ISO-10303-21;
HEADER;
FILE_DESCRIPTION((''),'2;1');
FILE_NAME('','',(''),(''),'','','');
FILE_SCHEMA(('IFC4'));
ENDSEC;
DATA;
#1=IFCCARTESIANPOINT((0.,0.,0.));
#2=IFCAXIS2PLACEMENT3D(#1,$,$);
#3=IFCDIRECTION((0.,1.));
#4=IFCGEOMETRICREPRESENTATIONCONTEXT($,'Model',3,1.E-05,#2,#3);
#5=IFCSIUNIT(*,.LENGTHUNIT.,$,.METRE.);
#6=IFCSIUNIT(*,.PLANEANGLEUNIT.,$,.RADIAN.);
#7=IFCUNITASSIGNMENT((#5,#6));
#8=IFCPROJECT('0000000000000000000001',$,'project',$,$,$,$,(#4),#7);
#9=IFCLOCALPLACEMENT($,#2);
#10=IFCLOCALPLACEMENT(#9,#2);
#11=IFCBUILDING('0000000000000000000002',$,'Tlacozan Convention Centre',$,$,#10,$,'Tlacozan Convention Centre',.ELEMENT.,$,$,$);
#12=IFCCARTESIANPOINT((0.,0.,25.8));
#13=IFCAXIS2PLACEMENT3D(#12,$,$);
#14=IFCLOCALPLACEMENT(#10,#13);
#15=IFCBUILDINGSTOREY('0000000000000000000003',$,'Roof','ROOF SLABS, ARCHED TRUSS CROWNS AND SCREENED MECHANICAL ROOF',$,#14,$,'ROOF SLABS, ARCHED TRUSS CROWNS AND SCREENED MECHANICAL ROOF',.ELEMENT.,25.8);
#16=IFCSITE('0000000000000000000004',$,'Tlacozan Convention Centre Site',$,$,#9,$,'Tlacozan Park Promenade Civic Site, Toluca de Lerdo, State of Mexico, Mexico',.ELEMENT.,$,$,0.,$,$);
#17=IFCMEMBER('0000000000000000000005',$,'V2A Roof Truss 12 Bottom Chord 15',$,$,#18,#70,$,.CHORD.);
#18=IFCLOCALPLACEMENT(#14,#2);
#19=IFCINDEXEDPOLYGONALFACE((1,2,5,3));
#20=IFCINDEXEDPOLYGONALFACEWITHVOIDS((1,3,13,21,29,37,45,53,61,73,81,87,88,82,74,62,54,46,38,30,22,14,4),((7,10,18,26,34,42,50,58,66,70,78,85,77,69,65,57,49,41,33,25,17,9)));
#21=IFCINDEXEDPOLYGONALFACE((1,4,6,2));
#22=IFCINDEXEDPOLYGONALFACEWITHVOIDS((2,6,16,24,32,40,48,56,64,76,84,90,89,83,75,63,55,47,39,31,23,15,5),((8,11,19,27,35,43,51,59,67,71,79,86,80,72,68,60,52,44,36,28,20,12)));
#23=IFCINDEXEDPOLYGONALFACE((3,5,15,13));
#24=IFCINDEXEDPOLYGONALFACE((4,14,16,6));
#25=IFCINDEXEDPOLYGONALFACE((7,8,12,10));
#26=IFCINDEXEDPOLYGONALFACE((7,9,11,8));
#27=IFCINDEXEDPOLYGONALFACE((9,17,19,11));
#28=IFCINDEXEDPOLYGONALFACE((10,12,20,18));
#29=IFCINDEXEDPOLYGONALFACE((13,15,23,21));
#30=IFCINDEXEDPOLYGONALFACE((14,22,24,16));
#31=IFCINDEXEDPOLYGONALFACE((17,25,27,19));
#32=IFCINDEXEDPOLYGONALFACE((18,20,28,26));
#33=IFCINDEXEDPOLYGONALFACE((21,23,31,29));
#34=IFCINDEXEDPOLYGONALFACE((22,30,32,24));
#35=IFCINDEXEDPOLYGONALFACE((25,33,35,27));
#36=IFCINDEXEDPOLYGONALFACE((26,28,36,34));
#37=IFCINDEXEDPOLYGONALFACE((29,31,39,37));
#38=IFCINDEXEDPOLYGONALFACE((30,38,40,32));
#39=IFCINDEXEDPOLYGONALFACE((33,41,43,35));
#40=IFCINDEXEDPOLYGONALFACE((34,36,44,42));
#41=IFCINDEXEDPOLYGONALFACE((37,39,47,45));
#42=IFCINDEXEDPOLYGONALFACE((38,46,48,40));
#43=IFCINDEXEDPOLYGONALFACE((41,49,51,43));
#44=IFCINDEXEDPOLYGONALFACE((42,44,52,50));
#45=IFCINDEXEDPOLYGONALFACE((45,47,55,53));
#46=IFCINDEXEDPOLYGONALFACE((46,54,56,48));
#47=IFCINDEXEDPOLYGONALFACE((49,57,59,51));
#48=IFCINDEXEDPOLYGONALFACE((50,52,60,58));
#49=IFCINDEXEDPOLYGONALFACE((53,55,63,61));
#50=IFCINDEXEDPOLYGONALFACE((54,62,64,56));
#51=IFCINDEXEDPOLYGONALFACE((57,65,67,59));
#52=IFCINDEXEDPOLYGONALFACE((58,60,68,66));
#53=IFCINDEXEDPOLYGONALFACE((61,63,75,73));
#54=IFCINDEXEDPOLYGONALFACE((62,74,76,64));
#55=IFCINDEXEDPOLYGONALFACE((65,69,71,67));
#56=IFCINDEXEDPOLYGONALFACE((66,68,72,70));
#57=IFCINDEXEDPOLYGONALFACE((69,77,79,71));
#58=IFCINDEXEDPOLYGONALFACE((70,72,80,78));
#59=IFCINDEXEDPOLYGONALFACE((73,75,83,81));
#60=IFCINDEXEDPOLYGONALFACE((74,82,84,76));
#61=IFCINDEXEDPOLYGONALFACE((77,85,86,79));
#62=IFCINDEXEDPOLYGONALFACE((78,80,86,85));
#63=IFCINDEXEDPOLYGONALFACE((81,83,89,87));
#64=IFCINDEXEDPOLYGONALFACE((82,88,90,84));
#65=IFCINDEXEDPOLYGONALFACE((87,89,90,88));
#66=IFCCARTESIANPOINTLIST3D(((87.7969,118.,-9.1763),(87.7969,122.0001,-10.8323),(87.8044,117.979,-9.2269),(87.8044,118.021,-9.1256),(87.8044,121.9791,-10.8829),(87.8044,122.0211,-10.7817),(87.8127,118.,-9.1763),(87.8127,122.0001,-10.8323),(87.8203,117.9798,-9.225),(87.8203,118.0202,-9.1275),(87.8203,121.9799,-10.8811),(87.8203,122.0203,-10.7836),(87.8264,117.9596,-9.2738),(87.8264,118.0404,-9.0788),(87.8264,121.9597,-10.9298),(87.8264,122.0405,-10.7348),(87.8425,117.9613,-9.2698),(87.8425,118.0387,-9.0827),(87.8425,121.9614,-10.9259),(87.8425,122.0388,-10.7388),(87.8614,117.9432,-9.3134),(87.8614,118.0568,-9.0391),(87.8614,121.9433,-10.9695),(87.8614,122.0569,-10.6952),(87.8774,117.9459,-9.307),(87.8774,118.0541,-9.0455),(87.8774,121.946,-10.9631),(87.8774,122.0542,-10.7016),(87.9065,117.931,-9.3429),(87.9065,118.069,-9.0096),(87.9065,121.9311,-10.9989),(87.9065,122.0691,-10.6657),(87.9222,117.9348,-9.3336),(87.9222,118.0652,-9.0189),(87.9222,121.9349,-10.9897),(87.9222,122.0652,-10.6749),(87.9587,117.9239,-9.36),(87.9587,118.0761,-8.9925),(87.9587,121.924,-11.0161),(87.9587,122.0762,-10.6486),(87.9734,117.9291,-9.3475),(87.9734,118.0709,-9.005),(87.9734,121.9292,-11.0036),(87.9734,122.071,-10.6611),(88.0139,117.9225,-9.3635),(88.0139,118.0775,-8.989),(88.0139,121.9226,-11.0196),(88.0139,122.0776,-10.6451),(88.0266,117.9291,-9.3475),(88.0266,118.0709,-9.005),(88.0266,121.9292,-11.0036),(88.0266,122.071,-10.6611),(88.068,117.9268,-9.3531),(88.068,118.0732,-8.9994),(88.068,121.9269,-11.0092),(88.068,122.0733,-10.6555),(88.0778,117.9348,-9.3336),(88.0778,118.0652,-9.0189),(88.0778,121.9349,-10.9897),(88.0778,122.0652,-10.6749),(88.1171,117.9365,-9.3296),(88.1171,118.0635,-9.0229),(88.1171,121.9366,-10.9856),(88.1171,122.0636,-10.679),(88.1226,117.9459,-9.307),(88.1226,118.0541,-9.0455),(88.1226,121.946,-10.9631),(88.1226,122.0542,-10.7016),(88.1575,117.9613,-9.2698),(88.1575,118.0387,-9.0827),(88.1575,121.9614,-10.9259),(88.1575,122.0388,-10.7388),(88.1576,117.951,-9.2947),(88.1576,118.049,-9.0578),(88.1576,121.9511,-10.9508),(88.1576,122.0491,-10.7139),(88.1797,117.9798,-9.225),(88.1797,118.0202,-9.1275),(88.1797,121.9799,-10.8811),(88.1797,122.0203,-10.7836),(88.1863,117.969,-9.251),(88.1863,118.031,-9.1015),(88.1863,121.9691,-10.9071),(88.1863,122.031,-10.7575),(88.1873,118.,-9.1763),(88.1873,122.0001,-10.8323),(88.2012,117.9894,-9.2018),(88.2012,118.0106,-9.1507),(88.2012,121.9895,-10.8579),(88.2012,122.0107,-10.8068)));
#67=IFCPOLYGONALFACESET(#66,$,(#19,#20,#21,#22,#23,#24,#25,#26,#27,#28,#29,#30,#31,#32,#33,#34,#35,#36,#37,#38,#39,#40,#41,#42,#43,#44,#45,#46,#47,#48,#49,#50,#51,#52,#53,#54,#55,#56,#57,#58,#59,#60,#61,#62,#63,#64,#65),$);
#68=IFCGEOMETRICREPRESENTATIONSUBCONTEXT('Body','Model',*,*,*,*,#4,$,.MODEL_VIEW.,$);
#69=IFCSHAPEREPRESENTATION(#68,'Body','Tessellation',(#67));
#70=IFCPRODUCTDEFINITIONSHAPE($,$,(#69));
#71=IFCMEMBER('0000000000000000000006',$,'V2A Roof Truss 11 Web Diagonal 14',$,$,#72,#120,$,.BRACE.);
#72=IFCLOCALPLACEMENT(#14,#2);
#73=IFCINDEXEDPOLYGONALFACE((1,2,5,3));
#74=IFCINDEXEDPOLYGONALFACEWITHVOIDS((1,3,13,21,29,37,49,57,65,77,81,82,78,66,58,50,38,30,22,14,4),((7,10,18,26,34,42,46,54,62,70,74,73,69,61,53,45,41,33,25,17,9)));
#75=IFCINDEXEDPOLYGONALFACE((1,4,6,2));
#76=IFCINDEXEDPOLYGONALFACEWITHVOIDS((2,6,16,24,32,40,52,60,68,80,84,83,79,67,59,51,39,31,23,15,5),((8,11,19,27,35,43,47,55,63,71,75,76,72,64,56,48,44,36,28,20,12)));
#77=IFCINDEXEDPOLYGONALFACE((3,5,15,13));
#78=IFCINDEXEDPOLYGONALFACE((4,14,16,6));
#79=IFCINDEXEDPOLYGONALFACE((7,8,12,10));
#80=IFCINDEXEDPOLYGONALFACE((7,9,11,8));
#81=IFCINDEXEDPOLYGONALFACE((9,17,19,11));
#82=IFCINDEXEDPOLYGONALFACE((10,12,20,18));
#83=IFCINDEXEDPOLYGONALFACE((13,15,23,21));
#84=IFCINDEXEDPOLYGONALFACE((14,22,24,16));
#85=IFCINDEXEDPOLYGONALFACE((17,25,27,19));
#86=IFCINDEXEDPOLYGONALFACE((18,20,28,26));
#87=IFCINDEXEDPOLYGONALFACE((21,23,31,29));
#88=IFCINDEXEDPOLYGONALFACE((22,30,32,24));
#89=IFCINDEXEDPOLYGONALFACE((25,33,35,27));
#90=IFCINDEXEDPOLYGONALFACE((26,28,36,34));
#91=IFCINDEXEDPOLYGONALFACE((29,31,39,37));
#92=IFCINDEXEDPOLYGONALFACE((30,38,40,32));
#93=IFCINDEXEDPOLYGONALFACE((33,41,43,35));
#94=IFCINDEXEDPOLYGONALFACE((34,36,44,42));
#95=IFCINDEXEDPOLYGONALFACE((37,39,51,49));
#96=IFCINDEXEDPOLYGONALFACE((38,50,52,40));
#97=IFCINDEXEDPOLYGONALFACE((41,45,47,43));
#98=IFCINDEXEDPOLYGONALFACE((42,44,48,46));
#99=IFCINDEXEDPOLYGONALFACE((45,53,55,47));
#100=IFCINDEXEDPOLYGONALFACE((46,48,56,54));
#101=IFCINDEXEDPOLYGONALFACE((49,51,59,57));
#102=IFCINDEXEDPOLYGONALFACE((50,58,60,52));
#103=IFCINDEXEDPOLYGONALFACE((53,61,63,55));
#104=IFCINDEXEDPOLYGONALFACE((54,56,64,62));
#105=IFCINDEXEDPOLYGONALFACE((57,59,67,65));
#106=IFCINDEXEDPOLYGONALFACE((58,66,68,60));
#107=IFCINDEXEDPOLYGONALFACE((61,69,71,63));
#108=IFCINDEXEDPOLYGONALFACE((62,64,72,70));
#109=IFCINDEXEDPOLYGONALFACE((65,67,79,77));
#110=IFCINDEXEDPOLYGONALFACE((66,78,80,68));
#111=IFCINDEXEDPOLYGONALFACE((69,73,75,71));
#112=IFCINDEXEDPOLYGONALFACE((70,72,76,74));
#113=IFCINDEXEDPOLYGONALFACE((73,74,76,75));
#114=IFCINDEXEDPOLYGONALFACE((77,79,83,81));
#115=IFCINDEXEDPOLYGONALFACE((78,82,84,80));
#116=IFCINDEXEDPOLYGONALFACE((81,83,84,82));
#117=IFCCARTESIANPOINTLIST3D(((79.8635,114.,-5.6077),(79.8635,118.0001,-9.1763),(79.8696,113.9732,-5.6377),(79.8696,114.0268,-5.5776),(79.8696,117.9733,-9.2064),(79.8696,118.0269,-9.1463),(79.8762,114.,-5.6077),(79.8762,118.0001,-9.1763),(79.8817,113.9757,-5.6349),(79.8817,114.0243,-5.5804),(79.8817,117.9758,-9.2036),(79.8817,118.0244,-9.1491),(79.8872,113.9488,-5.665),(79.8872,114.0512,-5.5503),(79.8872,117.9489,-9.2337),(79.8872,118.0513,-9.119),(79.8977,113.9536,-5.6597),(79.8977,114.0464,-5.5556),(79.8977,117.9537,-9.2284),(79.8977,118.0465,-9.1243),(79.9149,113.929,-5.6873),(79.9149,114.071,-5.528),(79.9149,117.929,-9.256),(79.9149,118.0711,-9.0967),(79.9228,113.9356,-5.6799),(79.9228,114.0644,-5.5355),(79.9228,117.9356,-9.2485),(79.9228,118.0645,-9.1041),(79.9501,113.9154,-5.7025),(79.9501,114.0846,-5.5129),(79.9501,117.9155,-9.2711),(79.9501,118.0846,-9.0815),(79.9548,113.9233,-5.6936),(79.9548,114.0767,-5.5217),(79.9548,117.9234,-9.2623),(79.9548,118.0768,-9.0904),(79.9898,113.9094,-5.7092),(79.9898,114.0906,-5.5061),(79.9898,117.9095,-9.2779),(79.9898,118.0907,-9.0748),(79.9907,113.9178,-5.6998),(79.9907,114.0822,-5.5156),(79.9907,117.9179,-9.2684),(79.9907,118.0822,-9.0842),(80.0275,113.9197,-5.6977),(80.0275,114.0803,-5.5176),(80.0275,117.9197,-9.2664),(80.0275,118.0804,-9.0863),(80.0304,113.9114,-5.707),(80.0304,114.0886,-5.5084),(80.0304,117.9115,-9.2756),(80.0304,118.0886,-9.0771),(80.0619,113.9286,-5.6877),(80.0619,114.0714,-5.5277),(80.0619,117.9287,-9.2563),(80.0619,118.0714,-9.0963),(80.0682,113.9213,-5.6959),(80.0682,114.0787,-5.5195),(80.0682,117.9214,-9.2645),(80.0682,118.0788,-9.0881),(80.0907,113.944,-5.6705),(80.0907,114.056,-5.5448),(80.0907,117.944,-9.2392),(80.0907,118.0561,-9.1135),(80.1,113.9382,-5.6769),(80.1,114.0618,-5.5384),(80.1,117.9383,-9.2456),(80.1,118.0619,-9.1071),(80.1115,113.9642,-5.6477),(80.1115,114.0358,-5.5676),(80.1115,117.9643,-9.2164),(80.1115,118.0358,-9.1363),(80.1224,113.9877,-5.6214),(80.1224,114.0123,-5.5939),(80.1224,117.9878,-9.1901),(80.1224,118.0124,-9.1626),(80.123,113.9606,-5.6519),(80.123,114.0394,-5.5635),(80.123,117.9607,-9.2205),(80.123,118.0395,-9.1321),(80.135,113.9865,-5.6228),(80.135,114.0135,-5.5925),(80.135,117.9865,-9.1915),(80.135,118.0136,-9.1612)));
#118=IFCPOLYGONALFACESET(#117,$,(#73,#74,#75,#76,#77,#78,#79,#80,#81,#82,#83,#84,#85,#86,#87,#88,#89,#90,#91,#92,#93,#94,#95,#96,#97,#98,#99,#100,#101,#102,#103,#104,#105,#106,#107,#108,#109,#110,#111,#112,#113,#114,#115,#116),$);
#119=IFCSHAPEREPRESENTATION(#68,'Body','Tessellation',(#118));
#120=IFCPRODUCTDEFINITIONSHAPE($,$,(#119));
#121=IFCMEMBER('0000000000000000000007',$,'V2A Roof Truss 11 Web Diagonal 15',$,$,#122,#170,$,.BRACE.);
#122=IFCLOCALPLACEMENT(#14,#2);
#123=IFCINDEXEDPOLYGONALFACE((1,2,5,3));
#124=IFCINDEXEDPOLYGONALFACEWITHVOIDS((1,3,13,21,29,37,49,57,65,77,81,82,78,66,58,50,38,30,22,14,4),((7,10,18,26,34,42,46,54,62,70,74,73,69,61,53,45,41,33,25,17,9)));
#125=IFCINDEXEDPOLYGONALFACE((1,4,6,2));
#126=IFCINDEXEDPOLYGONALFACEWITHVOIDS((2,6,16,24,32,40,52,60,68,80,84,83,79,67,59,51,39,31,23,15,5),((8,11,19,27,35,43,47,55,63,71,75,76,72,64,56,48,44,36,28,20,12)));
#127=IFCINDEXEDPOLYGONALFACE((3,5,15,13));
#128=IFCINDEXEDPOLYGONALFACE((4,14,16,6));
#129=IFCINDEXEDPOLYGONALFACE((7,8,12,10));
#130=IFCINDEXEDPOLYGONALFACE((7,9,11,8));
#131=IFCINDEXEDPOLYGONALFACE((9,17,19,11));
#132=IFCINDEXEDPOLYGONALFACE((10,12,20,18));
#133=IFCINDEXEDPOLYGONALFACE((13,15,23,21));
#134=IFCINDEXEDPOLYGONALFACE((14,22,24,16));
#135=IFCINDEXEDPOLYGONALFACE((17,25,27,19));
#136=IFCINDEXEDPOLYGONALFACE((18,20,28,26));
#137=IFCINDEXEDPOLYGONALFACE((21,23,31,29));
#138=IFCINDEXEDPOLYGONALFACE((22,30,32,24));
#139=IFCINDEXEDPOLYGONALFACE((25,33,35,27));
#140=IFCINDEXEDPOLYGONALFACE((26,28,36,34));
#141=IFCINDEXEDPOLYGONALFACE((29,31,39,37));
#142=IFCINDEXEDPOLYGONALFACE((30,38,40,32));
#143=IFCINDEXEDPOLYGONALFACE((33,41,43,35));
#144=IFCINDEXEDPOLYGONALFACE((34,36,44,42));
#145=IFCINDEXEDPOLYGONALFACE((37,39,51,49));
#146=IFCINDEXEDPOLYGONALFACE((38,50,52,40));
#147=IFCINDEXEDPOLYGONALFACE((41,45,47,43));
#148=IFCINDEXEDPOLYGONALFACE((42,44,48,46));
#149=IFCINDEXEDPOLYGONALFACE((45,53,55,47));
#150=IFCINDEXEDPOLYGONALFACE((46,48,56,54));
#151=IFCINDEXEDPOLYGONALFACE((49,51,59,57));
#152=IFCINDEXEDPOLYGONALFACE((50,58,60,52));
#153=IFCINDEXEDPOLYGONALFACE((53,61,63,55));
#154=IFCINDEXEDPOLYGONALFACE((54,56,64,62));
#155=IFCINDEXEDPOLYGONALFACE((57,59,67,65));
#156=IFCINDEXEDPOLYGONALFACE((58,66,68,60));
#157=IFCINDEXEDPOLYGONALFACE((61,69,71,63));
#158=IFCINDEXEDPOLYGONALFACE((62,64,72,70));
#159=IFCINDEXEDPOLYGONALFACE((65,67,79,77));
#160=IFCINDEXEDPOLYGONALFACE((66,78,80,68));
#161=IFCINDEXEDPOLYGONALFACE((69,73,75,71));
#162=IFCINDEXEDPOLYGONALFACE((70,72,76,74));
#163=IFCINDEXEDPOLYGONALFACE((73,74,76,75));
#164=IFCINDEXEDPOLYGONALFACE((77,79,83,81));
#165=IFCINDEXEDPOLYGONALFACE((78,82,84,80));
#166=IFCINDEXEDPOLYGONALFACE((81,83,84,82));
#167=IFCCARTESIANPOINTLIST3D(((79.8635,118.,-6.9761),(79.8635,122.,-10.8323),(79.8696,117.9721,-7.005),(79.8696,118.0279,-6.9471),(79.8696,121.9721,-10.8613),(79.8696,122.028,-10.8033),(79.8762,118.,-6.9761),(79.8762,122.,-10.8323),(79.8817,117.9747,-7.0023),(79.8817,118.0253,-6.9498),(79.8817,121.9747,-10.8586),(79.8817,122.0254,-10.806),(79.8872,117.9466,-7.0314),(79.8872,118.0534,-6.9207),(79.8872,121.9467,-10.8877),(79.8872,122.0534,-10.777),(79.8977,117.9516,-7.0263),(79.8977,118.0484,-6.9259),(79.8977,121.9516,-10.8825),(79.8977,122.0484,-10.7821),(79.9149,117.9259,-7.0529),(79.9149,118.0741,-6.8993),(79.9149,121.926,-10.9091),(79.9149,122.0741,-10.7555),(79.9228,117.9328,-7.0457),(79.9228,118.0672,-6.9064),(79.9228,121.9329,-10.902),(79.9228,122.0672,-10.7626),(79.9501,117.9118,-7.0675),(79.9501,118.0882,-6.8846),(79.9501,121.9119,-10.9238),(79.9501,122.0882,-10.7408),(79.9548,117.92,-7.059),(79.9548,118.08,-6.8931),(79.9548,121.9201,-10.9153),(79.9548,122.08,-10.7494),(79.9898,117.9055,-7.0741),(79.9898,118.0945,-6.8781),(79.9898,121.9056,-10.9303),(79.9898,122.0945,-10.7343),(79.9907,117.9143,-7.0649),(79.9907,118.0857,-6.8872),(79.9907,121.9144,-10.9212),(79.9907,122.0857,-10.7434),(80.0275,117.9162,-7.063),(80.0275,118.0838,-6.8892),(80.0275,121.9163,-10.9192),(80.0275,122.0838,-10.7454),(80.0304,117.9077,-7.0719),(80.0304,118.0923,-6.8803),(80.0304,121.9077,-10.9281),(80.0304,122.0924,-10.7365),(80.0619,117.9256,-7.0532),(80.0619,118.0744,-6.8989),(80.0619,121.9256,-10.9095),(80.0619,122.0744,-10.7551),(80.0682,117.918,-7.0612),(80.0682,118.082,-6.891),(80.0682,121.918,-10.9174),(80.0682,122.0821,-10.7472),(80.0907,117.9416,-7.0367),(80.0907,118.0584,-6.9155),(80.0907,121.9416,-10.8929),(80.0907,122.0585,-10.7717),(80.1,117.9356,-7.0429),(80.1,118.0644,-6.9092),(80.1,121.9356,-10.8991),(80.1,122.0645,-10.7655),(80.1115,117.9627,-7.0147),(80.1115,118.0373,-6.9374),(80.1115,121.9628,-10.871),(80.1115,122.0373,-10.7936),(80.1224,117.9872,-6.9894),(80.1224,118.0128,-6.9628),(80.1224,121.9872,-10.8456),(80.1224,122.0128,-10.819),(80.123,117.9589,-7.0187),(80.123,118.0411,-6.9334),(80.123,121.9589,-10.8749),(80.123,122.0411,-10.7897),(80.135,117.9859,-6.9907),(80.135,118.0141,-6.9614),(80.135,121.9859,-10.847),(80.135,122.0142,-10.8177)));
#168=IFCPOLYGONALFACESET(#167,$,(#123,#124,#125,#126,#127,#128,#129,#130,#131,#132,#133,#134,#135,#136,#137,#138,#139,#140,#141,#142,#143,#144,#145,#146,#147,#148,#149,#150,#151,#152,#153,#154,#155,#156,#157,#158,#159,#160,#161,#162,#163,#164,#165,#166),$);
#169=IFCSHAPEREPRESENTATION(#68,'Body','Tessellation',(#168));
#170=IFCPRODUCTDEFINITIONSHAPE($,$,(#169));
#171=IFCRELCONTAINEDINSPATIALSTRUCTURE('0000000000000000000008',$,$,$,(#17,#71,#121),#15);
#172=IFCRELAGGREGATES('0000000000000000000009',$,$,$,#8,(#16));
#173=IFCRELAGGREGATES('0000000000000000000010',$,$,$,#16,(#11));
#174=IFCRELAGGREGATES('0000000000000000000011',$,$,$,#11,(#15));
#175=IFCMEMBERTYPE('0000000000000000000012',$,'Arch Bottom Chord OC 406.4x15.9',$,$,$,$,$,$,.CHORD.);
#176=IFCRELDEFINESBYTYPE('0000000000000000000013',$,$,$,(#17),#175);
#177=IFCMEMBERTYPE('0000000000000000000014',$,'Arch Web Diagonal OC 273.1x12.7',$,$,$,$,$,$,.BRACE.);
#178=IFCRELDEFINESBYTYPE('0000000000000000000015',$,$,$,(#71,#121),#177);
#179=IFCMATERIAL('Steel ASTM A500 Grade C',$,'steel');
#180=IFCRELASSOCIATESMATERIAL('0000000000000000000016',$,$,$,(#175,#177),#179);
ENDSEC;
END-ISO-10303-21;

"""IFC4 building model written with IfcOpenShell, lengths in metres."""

from ifc_helpers import new_model, si_unit, direction, frame, origin, origin_2d, place, context, subcontext, project, spatial, hollow_circle, extrude, material, material_profile, profile_set, type_object, element, save


model = new_model("IFC4")

# Units and contexts
model_context = context("Model", 3, precision=1e-05, world=origin(), true_north=direction((0.0, 1.0)))
body_context = subcontext(model_context, "Body", "Model", "MODEL_VIEW")
ifc_project = project(units=[si_unit("LENGTHUNIT", "METRE"), si_unit("PLANEANGLEUNIT", "RADIAN")], contexts=[model_context])

# Site, building, storey
site_placement = place(None, origin())
site = spatial("IfcSite", under=ifc_project, at=site_placement, Name="Tlacozan Convention Centre Site", LongName="Tlacozan Park Promenade Civic Site, Toluca de Lerdo, State of Mexico, Mexico", CompositionType="ELEMENT", RefElevation=0.0)
building_placement = place(site_placement, origin())
building = spatial("IfcBuilding", under=site, at=building_placement, Name="Tlacozan Convention Centre", LongName="Tlacozan Convention Centre", CompositionType="ELEMENT")
storey_placement = place(building_placement, frame((0.0, 0.0, 25.8)))
storey = spatial("IfcBuildingStorey", under=building, at=storey_placement, Name="Roof", Description="ROOF SLABS, ARCHED TRUSS CROWNS AND SCREENED MECHANICAL ROOF", LongName="ROOF SLABS, ARCHED TRUSS CROWNS AND SCREENED MECHANICAL ROOF", CompositionType="ELEMENT", Elevation=25.8)

# Members
ifc_material_1 = material(Name="Steel ASTM A500 Grade C", Category="steel")
ifc_material_profile_1 = material_profile(ifc_material_1, hollow_circle(Radius=0.2031, WallThickness=0.0159, at=origin_2d()), Name="OC 406.4x15.9")
ifc_profile_set_1 = profile_set([ifc_material_profile_1], Name="Steel ASTM A500 Grade C")
member_type_1 = type_object("IfcMemberType", Name="Arch Bottom Chord OC 406.4x15.9", PredefinedType="CHORD", material=ifc_profile_set_1)
member_1_placement = place(storey_placement, frame((88.0, 118.0, -9.1763), z_axis=(0.0, 0.923949, -0.382516), x_axis=(-1.0, 0.0, 0.0)))
element("IfcMember", 1, at=member_1_placement, inside=storey, type_object=member_type_1, Name="V2A Roof Truss 12 Bottom Chord 15", PredefinedType="CHORD", context=body_context, shape_type="SweptSolid", body=[
    extrude(hollow_circle(Radius=0.2031, WallThickness=0.0159, at=origin_2d()), origin(), (0.0, 0.0, 1.0), 4.3293),
])
ifc_material_profile_2 = material_profile(ifc_material_1, hollow_circle(Radius=0.1365, WallThickness=0.0127, at=origin_2d()), Name="OC 273.1x12.7")
ifc_profile_set_2 = profile_set([ifc_material_profile_2], Name="Steel ASTM A500 Grade C")
member_type_2 = type_object("IfcMemberType", Name="Arch Web Diagonal OC 273.1x12.7", PredefinedType="BRACE", material=ifc_profile_set_2)
member_2_placement = place(storey_placement, frame((80.0, 114.0, -5.6077), z_axis=(0.0, 0.746199, -0.665722), x_axis=(-1.0, 0.0, 0.0)))
element("IfcMember", 2, at=member_2_placement, inside=storey, type_object=member_type_2, Name="V2A Roof Truss 11 Web Diagonal 14", PredefinedType="BRACE", context=body_context, shape_type="SweptSolid", body=[
    extrude(hollow_circle(Radius=0.1365, WallThickness=0.0127, at=origin_2d()), origin(), (0.0, 0.0, 1.0), 5.3606),
])
member_3_placement = place(storey_placement, frame((80.0, 118.0, -6.9761), z_axis=(0.0, 0.719929, -0.694048), x_axis=(-1.0, 0.0, 0.0)))
element("IfcMember", 3, at=member_3_placement, inside=storey, type_object=member_type_2, Name="V2A Roof Truss 11 Web Diagonal 15", PredefinedType="BRACE", context=body_context, shape_type="SweptSolid", body=[
    extrude(hollow_circle(Radius=0.1365, WallThickness=0.0127, at=origin_2d()), origin(), (0.0, 0.0, 1.0), 5.5562),
])

save(model, "model.ifc")
